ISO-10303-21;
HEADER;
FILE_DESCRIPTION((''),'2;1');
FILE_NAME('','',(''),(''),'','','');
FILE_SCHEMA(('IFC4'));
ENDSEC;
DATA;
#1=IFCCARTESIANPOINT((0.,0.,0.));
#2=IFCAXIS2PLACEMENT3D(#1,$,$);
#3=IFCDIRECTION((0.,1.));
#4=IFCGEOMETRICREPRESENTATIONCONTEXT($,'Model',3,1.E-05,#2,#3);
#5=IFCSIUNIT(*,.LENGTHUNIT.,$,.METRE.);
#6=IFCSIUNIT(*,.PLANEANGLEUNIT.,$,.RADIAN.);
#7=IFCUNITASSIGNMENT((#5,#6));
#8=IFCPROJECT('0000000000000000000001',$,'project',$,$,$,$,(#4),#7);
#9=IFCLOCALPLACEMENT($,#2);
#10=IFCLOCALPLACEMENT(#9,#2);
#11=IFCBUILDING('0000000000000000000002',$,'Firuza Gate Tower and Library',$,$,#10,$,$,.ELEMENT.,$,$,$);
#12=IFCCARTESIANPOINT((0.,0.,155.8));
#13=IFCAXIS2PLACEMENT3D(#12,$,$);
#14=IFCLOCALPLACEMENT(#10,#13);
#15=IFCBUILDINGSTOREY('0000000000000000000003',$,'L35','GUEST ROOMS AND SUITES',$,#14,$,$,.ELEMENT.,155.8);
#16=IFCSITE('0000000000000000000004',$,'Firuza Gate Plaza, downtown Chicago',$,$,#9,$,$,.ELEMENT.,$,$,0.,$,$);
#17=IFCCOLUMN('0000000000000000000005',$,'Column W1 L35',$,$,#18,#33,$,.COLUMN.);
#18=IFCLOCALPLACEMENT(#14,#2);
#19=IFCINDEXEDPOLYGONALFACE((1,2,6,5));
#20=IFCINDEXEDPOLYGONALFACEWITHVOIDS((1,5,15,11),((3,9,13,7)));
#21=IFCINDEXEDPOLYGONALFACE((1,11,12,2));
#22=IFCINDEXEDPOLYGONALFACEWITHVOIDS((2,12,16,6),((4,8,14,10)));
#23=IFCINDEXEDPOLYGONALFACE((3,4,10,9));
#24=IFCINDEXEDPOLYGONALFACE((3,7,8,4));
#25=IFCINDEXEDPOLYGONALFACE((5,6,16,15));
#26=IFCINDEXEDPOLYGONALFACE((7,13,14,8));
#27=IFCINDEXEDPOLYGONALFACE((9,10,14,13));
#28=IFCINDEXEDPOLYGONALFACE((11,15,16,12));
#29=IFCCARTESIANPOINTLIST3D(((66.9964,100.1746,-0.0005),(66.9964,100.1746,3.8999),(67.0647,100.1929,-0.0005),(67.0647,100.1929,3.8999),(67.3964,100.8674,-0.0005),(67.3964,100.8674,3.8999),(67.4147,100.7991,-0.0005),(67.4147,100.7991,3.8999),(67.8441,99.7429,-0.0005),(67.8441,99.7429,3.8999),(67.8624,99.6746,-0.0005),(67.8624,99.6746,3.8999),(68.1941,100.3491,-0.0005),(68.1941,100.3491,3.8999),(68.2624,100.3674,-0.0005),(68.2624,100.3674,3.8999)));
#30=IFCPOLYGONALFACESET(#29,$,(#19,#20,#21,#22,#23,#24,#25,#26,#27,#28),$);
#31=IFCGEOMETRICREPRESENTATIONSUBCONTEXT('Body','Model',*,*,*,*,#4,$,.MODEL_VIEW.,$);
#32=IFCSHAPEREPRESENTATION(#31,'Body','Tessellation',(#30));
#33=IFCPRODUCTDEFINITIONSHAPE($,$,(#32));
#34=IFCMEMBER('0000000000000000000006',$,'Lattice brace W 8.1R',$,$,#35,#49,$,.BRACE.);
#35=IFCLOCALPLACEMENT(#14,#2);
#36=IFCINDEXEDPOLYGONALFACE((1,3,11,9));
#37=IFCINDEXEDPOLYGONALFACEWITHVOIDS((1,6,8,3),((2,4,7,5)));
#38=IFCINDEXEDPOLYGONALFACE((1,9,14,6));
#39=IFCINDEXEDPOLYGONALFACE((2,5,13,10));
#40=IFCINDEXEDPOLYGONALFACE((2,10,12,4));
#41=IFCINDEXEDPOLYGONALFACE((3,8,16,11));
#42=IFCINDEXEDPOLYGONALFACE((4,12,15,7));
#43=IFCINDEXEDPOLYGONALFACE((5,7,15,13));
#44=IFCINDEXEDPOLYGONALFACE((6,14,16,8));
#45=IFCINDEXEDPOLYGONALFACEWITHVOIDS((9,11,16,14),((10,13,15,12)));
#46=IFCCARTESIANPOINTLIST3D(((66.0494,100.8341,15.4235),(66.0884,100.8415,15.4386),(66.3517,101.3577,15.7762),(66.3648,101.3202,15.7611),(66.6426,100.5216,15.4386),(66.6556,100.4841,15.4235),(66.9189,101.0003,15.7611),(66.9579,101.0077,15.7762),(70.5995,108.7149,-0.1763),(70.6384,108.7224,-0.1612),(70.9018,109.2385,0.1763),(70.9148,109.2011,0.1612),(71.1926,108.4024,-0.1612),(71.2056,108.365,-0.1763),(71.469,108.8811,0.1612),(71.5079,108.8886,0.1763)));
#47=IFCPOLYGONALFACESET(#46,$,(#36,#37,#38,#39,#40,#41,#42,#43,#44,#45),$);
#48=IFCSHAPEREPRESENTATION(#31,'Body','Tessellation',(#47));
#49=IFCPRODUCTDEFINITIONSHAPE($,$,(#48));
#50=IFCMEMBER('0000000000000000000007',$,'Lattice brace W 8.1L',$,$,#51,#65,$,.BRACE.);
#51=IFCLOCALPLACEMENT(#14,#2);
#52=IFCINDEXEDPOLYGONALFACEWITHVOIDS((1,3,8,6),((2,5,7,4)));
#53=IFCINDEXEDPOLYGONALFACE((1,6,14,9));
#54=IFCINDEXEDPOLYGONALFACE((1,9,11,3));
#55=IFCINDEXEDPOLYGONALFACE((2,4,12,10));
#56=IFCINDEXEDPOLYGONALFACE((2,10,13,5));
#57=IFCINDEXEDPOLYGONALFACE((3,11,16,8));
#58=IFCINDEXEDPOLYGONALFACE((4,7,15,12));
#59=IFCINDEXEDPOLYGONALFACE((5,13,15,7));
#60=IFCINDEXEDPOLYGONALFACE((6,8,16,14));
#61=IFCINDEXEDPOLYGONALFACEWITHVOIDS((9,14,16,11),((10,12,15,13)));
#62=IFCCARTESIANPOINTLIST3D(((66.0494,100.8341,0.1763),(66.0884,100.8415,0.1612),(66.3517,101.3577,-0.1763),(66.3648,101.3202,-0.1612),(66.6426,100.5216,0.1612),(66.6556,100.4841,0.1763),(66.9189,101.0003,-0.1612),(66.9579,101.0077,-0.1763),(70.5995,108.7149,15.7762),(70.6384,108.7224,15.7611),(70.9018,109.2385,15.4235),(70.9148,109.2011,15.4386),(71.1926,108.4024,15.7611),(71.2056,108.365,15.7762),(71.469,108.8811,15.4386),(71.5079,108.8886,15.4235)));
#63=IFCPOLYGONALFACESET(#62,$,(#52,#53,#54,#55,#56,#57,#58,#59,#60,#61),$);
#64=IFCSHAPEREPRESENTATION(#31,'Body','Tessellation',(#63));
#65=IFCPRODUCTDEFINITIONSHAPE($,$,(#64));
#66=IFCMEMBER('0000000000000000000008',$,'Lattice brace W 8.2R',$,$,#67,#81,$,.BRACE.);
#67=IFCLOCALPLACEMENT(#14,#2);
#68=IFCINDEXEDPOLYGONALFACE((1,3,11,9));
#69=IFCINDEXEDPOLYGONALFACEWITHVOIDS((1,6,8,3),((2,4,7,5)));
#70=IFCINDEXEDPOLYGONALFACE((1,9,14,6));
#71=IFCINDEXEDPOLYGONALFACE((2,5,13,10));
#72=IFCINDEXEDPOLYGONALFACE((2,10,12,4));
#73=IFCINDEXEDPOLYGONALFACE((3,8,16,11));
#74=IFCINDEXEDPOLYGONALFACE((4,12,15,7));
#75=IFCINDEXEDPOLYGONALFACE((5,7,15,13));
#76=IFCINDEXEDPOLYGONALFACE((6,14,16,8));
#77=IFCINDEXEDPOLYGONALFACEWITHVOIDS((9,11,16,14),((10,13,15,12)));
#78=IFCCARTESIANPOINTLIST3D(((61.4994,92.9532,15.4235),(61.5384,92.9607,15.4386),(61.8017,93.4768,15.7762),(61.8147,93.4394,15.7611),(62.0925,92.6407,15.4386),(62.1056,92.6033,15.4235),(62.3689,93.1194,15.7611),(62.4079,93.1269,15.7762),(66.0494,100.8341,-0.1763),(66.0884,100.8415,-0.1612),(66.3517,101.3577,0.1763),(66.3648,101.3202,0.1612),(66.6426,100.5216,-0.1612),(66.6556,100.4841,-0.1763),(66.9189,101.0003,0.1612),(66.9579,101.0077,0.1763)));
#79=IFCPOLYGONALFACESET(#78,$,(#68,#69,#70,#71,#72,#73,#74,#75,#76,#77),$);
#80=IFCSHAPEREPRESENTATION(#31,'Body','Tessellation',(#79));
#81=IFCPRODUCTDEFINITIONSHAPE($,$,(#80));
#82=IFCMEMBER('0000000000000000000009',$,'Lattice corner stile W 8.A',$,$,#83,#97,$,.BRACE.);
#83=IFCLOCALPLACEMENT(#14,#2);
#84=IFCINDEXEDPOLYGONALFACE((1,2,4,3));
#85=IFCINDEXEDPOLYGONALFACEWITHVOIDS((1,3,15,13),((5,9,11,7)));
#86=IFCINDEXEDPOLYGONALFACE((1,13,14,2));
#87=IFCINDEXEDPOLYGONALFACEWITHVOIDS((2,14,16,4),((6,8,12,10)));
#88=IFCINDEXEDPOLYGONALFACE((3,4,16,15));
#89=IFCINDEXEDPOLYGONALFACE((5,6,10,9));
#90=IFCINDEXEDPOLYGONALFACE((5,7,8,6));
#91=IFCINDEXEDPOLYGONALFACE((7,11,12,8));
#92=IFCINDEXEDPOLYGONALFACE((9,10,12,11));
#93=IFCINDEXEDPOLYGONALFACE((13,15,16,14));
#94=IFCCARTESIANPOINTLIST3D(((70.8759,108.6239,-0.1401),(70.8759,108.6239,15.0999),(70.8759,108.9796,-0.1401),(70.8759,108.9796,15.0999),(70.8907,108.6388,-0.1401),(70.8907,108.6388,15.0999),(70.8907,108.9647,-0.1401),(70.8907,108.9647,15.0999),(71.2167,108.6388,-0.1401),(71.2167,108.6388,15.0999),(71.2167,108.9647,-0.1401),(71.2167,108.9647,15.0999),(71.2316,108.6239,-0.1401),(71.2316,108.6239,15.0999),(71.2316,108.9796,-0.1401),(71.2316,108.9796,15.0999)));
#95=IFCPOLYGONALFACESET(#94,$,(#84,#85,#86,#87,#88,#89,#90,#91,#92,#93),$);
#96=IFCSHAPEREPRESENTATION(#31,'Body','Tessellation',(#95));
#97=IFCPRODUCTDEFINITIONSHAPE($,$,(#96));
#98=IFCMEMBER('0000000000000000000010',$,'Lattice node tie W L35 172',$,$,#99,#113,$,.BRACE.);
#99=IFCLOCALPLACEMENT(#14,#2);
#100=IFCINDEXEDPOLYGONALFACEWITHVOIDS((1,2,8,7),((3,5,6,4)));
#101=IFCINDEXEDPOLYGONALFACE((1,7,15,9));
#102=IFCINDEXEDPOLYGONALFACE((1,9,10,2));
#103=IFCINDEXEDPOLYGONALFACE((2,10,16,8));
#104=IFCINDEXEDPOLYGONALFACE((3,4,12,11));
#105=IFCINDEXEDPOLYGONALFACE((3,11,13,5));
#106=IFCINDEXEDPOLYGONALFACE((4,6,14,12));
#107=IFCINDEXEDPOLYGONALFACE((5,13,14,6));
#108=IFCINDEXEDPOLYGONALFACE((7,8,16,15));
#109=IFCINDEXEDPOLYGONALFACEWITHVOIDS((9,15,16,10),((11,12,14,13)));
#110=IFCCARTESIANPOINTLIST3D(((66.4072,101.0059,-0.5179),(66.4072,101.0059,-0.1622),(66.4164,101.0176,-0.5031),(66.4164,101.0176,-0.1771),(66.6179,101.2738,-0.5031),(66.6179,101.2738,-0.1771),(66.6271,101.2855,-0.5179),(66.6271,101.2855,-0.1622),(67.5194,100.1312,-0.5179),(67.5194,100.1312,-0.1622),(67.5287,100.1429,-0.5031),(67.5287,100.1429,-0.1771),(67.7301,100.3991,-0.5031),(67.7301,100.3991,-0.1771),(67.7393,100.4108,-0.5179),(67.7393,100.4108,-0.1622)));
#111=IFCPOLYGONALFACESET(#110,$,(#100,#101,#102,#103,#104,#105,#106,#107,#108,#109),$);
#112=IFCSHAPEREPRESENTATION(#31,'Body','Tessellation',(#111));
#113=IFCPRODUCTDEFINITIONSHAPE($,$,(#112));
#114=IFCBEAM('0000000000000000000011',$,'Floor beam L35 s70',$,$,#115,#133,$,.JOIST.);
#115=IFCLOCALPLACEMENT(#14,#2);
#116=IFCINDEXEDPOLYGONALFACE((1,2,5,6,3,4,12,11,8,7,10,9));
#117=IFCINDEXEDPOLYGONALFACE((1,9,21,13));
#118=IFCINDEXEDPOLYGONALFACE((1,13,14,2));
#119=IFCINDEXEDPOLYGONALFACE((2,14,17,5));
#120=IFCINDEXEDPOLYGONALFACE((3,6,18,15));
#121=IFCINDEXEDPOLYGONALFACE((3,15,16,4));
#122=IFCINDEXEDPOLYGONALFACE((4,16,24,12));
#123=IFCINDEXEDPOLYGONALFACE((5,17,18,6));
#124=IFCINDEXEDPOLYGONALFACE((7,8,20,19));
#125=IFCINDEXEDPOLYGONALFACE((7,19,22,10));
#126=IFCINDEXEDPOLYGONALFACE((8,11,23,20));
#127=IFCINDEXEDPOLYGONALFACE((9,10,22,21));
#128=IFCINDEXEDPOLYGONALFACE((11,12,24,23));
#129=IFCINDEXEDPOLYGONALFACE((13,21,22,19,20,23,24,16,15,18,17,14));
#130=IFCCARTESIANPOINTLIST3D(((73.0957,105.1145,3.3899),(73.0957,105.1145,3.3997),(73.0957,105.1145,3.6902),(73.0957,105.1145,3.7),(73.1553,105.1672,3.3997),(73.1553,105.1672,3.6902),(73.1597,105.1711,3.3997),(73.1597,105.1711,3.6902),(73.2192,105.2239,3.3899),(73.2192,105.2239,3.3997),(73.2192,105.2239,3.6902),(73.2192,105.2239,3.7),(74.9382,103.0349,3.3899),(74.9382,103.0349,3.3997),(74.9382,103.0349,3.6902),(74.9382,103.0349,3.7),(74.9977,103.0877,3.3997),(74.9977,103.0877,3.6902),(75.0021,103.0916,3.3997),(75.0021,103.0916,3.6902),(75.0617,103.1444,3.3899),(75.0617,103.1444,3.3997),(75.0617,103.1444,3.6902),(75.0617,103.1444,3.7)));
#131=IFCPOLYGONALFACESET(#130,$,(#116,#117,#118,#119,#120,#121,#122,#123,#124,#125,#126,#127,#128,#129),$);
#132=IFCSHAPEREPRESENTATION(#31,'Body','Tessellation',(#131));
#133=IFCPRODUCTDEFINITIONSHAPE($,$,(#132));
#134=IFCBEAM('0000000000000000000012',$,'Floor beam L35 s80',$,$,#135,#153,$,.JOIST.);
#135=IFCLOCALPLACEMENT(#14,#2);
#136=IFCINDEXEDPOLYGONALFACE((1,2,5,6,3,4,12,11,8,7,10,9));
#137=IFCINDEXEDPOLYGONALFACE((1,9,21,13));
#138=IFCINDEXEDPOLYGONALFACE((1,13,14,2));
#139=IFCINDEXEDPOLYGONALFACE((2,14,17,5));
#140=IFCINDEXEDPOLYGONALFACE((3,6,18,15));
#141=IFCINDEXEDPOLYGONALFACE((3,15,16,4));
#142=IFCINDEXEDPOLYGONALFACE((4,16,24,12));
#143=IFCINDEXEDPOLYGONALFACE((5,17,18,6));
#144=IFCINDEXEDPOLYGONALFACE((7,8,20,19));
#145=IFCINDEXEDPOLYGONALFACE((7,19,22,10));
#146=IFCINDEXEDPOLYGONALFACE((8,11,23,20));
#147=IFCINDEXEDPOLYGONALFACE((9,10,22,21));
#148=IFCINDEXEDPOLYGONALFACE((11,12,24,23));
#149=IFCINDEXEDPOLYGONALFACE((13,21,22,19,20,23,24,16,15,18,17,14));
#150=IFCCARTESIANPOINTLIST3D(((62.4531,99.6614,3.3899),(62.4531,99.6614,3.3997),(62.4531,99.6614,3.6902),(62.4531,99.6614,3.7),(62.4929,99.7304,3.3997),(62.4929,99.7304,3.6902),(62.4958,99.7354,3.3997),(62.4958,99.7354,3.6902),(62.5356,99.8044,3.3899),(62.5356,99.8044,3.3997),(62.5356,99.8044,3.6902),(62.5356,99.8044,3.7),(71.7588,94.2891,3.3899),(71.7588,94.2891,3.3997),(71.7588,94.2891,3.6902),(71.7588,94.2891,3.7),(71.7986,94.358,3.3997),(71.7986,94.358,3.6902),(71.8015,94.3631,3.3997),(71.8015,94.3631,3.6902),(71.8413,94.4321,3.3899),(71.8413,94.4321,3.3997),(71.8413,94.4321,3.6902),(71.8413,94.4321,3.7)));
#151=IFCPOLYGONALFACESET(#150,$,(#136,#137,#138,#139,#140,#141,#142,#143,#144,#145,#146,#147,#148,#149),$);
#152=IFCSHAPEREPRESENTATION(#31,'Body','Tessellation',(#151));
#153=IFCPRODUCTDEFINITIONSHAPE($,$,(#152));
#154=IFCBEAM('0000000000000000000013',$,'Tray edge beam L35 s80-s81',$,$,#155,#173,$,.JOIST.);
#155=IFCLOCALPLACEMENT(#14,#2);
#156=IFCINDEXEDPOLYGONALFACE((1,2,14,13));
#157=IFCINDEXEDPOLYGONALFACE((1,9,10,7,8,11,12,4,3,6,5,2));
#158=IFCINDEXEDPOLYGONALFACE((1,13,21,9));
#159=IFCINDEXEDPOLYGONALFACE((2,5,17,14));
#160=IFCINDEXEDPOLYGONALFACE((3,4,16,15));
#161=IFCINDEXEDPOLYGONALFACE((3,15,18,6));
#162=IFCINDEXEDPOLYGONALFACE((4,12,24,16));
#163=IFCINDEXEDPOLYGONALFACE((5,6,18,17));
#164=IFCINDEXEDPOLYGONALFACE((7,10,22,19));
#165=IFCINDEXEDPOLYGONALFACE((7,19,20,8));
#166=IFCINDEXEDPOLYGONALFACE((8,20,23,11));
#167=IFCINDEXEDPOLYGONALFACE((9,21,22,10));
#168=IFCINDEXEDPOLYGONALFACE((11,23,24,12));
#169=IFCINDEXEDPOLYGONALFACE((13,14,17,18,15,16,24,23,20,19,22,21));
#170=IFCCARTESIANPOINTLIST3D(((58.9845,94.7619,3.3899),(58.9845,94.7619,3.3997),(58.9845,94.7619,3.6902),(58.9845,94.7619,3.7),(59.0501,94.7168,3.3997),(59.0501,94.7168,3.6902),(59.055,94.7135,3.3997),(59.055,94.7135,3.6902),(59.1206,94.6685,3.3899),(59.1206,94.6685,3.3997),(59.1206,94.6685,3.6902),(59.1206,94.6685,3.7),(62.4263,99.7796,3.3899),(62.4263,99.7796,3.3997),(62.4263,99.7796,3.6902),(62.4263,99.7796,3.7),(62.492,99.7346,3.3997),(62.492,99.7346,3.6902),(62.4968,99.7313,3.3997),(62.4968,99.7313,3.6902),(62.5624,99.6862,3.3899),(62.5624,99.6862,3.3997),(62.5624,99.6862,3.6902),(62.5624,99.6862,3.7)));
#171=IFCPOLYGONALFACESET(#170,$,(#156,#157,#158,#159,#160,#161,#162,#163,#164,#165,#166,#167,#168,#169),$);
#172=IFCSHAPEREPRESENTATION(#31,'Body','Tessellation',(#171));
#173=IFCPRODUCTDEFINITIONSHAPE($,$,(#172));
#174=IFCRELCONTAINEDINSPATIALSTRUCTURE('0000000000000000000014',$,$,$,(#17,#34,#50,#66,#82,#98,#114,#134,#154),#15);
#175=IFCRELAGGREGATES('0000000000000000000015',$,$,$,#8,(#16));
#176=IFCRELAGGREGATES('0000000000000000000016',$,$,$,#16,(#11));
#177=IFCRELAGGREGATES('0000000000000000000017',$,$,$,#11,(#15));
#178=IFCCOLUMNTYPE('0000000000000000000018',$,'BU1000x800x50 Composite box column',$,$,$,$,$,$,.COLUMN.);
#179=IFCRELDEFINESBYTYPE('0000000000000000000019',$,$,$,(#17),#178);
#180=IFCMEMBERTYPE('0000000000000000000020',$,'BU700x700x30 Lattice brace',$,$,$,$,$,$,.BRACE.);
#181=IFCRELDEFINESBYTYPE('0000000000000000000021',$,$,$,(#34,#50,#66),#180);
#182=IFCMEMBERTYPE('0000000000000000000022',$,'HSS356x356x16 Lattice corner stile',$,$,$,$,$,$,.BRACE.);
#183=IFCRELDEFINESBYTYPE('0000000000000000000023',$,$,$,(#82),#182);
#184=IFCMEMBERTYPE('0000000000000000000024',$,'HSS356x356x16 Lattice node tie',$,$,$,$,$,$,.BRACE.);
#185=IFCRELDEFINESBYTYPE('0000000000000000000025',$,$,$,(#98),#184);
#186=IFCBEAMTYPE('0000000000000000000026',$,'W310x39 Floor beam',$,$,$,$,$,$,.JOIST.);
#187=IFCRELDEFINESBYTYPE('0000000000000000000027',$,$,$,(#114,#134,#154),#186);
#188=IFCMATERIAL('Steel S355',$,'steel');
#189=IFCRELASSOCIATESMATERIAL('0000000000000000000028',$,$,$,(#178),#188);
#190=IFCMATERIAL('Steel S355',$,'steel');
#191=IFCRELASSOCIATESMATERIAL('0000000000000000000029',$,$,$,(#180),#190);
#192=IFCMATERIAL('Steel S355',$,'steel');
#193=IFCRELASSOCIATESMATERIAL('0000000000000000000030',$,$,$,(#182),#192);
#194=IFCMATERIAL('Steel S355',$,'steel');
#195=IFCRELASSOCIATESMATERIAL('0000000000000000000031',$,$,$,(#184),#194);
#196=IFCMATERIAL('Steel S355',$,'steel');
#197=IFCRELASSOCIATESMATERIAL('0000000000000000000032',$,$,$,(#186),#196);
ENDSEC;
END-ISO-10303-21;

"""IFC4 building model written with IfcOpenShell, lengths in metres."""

from ifc_helpers import new_model, si_unit, direction, frame, origin, origin_2d, place, context, subcontext, project, spatial, hollow_rectangle, i_section, extrude, material, material_profile, profile_set, type_object, element, save


model = new_model("IFC4")

# Units and contexts
model_context = context("Model", 3, precision=1e-05, world=origin(), true_north=direction((0.0, 1.0)))
body_context = subcontext(model_context, "Body", "Model", "MODEL_VIEW")
ifc_project = project(units=[si_unit("LENGTHUNIT", "METRE"), si_unit("PLANEANGLEUNIT", "RADIAN")], contexts=[model_context])

# Site, building, storey
site_placement = place(None, origin())
site = spatial("IfcSite", under=ifc_project, at=site_placement, Name="Firuza Gate Plaza, downtown Chicago", CompositionType="ELEMENT", RefElevation=0.0)
building_placement = place(site_placement, origin())
building = spatial("IfcBuilding", under=site, at=building_placement, Name="Firuza Gate Tower and Library", CompositionType="ELEMENT")
storey_placement = place(building_placement, frame((0.0, 0.0, 155.8)))
storey = spatial("IfcBuildingStorey", under=building, at=storey_placement, Name="L35", Description="GUEST ROOMS AND SUITES", CompositionType="ELEMENT", Elevation=155.8)

# Column
ifc_material_1 = material(Name="Steel S355", Category="steel")
ifc_material_profile_1 = material_profile(ifc_material_1, hollow_rectangle(XDim=0.8, YDim=1.0, WallThickness=0.05, at=origin_2d()))
ifc_profile_set_1 = profile_set([ifc_material_profile_1], Name="Steel S355")
column_type = type_object("IfcColumnType", Name="BU1000x800x50 Composite box column", PredefinedType="COLUMN", material=ifc_profile_set_1)
column_placement = place(storey_placement, frame((67.6294, 100.271, -0.0005), z_axis=(0.0, 0.0, 1.0), x_axis=(-0.5, -0.866025, 0.0)))
element("IfcColumn", 1, at=column_placement, inside=storey, type_object=column_type, Name="Column W1 L35", PredefinedType="COLUMN", context=body_context, shape_type="SweptSolid", body=[
    extrude(hollow_rectangle(XDim=0.8, YDim=1.0, WallThickness=0.05, at=origin_2d()), origin(), (0.0, 0.0, 1.0), 3.9004),
])

# Members
ifc_material_2 = material(Name="Steel S355", Category="steel")
ifc_material_profile_2 = material_profile(ifc_material_2, hollow_rectangle(XDim=0.7, YDim=0.7, WallThickness=0.03, at=origin_2d()))
ifc_profile_set_2 = profile_set([ifc_material_profile_2], Name="Steel S355")
member_type_1 = type_object("IfcMemberType", Name="BU700x700x30 Lattice brace", PredefinedType="BRACE", material=ifc_profile_set_2)
for number, where, z_axis, x_axis, name in (
    (2, (71.0537, 108.8018, 0.0), (-0.25194, -0.436369, 0.863776), (0.866024, -0.500003, 0.0), "Lattice brace W 8.1R"),
    (3, (66.5037, 100.9209, 0.0), (0.25194, 0.436369, 0.863776), (-0.866024, 0.500003, 0.0), "Lattice brace W 8.1L"),
    (4, (66.5037, 100.9209, 0.0), (-0.25194, -0.436369, 0.863776), (0.866024, -0.500003, 0.0), "Lattice brace W 8.2R"),
):
    element("IfcMember", number, at=place(storey_placement, frame(where, z_axis=z_axis, x_axis=x_axis)), inside=storey, type_object=member_type_1, Name=name, PredefinedType="BRACE", context=body_context, shape_type="SweptSolid", body=[
        extrude(hollow_rectangle(XDim=0.7, YDim=0.7, WallThickness=0.03, at=origin_2d()), origin(), (0.0, 0.0, 1.0), 18.0601),
    ])
ifc_material_3 = material(Name="Steel S355", Category="steel")
ifc_material_profile_3 = material_profile(ifc_material_3, hollow_rectangle(XDim=0.3557, YDim=0.3557, WallThickness=0.0149, at=origin_2d()))
ifc_profile_set_3 = profile_set([ifc_material_profile_3], Name="Steel S355")
member_type_2 = type_object("IfcMemberType", Name="HSS356x356x16 Lattice corner stile", PredefinedType="BRACE", material=ifc_profile_set_3)
member_1_placement = place(storey_placement, frame((71.0537, 108.8018, -0.1401), z_axis=(0.0, 0.0, 1.0), x_axis=(1.0, 0.0, 0.0)))
element("IfcMember", 5, at=member_1_placement, inside=storey, type_object=member_type_2, Name="Lattice corner stile W 8.A", PredefinedType="BRACE", context=body_context, shape_type="SweptSolid", body=[
    extrude(hollow_rectangle(XDim=0.3557, YDim=0.3557, WallThickness=0.0149, at=origin_2d()), origin(), (0.0, 0.0, 1.0), 15.24),
])
ifc_material_4 = material(Name="Steel S355", Category="steel")
ifc_material_profile_4 = material_profile(ifc_material_4, hollow_rectangle(XDim=0.3557, YDim=0.3557, WallThickness=0.0149, at=origin_2d()))
ifc_profile_set_4 = profile_set([ifc_material_profile_4], Name="Steel S355")
member_type_3 = type_object("IfcMemberType", Name="HSS356x356x16 Lattice node tie", PredefinedType="BRACE", material=ifc_profile_set_4)
member_2_placement = place(storey_placement, frame((67.6294, 100.271, -0.3401), z_axis=(-0.786043, 0.618172, 0.0), x_axis=(-0.618172, -0.786043, 0.0)))
element("IfcMember", 6, at=member_2_placement, inside=storey, type_object=member_type_3, Name="Lattice node tie W L35 172", PredefinedType="BRACE", context=body_context, shape_type="SweptSolid", body=[
    extrude(hollow_rectangle(XDim=0.3557, YDim=0.3557, WallThickness=0.0149, at=origin_2d()), origin(), (0.0, 0.0, 1.0), 1.415),
])

# Beams
ifc_material_5 = material(Name="Steel S355", Category="steel")
ifc_material_profile_5 = material_profile(ifc_material_5, i_section(OverallWidth=0.165, OverallDepth=0.3101, WebThickness=0.0059, FlangeThickness=0.0098, at=origin_2d()))
ifc_profile_set_5 = profile_set([ifc_material_profile_5], Name="Steel S355")
beam_type_1 = type_object("IfcBeamType", Name="W310x39 Floor beam", PredefinedType="JOIST", material=ifc_profile_set_5)
beam_1_placement = place(storey_placement, frame((73.1575, 105.1692, 3.5449), z_axis=(0.663158, -0.74848, 0.0), x_axis=(0.74848, 0.663158, 0.0)))
element("IfcBeam", 7, at=beam_1_placement, inside=storey, type_object=beam_type_1, Name="Floor beam L35 s70", PredefinedType="JOIST", context=body_context, shape_type="SweptSolid", body=[
    extrude(i_section(OverallWidth=0.165, OverallDepth=0.3101, WebThickness=0.0059, FlangeThickness=0.0098, at=origin_2d()), origin(), (0.0, 0.0, 1.0), 2.7783),
])
beam_2_placement = place(storey_placement, frame((62.4944, 99.7329, 3.5449), z_axis=(0.866038, -0.499978, 0.0), x_axis=(0.499978, 0.866038, 0.0)))
element("IfcBeam", 8, at=beam_2_placement, inside=storey, type_object=beam_type_1, Name="Floor beam L35 s80", PredefinedType="JOIST", context=body_context, shape_type="SweptSolid", body=[
    extrude(i_section(OverallWidth=0.165, OverallDepth=0.3101, WebThickness=0.0059, FlangeThickness=0.0098, at=origin_2d()), origin(), (0.0, 0.0, 1.0), 10.7451),
])
beam_3_placement = place(storey_placement, frame((62.4944, 99.7329, 3.5449), z_axis=(-0.565652, -0.824644, 0.0), x_axis=(0.824644, -0.565652, 0.0)))
element("IfcBeam", 9, at=beam_3_placement, inside=storey, type_object=beam_type_1, Name="Tray edge beam L35 s80-s81", PredefinedType="JOIST", context=body_context, shape_type="SweptSolid", body=[
    extrude(i_section(OverallWidth=0.165, OverallDepth=0.3101, WebThickness=0.0059, FlangeThickness=0.0098, at=origin_2d()), origin(), (0.0, 0.0, 1.0), 6.0847),
])

save(model, "model.ifc")
